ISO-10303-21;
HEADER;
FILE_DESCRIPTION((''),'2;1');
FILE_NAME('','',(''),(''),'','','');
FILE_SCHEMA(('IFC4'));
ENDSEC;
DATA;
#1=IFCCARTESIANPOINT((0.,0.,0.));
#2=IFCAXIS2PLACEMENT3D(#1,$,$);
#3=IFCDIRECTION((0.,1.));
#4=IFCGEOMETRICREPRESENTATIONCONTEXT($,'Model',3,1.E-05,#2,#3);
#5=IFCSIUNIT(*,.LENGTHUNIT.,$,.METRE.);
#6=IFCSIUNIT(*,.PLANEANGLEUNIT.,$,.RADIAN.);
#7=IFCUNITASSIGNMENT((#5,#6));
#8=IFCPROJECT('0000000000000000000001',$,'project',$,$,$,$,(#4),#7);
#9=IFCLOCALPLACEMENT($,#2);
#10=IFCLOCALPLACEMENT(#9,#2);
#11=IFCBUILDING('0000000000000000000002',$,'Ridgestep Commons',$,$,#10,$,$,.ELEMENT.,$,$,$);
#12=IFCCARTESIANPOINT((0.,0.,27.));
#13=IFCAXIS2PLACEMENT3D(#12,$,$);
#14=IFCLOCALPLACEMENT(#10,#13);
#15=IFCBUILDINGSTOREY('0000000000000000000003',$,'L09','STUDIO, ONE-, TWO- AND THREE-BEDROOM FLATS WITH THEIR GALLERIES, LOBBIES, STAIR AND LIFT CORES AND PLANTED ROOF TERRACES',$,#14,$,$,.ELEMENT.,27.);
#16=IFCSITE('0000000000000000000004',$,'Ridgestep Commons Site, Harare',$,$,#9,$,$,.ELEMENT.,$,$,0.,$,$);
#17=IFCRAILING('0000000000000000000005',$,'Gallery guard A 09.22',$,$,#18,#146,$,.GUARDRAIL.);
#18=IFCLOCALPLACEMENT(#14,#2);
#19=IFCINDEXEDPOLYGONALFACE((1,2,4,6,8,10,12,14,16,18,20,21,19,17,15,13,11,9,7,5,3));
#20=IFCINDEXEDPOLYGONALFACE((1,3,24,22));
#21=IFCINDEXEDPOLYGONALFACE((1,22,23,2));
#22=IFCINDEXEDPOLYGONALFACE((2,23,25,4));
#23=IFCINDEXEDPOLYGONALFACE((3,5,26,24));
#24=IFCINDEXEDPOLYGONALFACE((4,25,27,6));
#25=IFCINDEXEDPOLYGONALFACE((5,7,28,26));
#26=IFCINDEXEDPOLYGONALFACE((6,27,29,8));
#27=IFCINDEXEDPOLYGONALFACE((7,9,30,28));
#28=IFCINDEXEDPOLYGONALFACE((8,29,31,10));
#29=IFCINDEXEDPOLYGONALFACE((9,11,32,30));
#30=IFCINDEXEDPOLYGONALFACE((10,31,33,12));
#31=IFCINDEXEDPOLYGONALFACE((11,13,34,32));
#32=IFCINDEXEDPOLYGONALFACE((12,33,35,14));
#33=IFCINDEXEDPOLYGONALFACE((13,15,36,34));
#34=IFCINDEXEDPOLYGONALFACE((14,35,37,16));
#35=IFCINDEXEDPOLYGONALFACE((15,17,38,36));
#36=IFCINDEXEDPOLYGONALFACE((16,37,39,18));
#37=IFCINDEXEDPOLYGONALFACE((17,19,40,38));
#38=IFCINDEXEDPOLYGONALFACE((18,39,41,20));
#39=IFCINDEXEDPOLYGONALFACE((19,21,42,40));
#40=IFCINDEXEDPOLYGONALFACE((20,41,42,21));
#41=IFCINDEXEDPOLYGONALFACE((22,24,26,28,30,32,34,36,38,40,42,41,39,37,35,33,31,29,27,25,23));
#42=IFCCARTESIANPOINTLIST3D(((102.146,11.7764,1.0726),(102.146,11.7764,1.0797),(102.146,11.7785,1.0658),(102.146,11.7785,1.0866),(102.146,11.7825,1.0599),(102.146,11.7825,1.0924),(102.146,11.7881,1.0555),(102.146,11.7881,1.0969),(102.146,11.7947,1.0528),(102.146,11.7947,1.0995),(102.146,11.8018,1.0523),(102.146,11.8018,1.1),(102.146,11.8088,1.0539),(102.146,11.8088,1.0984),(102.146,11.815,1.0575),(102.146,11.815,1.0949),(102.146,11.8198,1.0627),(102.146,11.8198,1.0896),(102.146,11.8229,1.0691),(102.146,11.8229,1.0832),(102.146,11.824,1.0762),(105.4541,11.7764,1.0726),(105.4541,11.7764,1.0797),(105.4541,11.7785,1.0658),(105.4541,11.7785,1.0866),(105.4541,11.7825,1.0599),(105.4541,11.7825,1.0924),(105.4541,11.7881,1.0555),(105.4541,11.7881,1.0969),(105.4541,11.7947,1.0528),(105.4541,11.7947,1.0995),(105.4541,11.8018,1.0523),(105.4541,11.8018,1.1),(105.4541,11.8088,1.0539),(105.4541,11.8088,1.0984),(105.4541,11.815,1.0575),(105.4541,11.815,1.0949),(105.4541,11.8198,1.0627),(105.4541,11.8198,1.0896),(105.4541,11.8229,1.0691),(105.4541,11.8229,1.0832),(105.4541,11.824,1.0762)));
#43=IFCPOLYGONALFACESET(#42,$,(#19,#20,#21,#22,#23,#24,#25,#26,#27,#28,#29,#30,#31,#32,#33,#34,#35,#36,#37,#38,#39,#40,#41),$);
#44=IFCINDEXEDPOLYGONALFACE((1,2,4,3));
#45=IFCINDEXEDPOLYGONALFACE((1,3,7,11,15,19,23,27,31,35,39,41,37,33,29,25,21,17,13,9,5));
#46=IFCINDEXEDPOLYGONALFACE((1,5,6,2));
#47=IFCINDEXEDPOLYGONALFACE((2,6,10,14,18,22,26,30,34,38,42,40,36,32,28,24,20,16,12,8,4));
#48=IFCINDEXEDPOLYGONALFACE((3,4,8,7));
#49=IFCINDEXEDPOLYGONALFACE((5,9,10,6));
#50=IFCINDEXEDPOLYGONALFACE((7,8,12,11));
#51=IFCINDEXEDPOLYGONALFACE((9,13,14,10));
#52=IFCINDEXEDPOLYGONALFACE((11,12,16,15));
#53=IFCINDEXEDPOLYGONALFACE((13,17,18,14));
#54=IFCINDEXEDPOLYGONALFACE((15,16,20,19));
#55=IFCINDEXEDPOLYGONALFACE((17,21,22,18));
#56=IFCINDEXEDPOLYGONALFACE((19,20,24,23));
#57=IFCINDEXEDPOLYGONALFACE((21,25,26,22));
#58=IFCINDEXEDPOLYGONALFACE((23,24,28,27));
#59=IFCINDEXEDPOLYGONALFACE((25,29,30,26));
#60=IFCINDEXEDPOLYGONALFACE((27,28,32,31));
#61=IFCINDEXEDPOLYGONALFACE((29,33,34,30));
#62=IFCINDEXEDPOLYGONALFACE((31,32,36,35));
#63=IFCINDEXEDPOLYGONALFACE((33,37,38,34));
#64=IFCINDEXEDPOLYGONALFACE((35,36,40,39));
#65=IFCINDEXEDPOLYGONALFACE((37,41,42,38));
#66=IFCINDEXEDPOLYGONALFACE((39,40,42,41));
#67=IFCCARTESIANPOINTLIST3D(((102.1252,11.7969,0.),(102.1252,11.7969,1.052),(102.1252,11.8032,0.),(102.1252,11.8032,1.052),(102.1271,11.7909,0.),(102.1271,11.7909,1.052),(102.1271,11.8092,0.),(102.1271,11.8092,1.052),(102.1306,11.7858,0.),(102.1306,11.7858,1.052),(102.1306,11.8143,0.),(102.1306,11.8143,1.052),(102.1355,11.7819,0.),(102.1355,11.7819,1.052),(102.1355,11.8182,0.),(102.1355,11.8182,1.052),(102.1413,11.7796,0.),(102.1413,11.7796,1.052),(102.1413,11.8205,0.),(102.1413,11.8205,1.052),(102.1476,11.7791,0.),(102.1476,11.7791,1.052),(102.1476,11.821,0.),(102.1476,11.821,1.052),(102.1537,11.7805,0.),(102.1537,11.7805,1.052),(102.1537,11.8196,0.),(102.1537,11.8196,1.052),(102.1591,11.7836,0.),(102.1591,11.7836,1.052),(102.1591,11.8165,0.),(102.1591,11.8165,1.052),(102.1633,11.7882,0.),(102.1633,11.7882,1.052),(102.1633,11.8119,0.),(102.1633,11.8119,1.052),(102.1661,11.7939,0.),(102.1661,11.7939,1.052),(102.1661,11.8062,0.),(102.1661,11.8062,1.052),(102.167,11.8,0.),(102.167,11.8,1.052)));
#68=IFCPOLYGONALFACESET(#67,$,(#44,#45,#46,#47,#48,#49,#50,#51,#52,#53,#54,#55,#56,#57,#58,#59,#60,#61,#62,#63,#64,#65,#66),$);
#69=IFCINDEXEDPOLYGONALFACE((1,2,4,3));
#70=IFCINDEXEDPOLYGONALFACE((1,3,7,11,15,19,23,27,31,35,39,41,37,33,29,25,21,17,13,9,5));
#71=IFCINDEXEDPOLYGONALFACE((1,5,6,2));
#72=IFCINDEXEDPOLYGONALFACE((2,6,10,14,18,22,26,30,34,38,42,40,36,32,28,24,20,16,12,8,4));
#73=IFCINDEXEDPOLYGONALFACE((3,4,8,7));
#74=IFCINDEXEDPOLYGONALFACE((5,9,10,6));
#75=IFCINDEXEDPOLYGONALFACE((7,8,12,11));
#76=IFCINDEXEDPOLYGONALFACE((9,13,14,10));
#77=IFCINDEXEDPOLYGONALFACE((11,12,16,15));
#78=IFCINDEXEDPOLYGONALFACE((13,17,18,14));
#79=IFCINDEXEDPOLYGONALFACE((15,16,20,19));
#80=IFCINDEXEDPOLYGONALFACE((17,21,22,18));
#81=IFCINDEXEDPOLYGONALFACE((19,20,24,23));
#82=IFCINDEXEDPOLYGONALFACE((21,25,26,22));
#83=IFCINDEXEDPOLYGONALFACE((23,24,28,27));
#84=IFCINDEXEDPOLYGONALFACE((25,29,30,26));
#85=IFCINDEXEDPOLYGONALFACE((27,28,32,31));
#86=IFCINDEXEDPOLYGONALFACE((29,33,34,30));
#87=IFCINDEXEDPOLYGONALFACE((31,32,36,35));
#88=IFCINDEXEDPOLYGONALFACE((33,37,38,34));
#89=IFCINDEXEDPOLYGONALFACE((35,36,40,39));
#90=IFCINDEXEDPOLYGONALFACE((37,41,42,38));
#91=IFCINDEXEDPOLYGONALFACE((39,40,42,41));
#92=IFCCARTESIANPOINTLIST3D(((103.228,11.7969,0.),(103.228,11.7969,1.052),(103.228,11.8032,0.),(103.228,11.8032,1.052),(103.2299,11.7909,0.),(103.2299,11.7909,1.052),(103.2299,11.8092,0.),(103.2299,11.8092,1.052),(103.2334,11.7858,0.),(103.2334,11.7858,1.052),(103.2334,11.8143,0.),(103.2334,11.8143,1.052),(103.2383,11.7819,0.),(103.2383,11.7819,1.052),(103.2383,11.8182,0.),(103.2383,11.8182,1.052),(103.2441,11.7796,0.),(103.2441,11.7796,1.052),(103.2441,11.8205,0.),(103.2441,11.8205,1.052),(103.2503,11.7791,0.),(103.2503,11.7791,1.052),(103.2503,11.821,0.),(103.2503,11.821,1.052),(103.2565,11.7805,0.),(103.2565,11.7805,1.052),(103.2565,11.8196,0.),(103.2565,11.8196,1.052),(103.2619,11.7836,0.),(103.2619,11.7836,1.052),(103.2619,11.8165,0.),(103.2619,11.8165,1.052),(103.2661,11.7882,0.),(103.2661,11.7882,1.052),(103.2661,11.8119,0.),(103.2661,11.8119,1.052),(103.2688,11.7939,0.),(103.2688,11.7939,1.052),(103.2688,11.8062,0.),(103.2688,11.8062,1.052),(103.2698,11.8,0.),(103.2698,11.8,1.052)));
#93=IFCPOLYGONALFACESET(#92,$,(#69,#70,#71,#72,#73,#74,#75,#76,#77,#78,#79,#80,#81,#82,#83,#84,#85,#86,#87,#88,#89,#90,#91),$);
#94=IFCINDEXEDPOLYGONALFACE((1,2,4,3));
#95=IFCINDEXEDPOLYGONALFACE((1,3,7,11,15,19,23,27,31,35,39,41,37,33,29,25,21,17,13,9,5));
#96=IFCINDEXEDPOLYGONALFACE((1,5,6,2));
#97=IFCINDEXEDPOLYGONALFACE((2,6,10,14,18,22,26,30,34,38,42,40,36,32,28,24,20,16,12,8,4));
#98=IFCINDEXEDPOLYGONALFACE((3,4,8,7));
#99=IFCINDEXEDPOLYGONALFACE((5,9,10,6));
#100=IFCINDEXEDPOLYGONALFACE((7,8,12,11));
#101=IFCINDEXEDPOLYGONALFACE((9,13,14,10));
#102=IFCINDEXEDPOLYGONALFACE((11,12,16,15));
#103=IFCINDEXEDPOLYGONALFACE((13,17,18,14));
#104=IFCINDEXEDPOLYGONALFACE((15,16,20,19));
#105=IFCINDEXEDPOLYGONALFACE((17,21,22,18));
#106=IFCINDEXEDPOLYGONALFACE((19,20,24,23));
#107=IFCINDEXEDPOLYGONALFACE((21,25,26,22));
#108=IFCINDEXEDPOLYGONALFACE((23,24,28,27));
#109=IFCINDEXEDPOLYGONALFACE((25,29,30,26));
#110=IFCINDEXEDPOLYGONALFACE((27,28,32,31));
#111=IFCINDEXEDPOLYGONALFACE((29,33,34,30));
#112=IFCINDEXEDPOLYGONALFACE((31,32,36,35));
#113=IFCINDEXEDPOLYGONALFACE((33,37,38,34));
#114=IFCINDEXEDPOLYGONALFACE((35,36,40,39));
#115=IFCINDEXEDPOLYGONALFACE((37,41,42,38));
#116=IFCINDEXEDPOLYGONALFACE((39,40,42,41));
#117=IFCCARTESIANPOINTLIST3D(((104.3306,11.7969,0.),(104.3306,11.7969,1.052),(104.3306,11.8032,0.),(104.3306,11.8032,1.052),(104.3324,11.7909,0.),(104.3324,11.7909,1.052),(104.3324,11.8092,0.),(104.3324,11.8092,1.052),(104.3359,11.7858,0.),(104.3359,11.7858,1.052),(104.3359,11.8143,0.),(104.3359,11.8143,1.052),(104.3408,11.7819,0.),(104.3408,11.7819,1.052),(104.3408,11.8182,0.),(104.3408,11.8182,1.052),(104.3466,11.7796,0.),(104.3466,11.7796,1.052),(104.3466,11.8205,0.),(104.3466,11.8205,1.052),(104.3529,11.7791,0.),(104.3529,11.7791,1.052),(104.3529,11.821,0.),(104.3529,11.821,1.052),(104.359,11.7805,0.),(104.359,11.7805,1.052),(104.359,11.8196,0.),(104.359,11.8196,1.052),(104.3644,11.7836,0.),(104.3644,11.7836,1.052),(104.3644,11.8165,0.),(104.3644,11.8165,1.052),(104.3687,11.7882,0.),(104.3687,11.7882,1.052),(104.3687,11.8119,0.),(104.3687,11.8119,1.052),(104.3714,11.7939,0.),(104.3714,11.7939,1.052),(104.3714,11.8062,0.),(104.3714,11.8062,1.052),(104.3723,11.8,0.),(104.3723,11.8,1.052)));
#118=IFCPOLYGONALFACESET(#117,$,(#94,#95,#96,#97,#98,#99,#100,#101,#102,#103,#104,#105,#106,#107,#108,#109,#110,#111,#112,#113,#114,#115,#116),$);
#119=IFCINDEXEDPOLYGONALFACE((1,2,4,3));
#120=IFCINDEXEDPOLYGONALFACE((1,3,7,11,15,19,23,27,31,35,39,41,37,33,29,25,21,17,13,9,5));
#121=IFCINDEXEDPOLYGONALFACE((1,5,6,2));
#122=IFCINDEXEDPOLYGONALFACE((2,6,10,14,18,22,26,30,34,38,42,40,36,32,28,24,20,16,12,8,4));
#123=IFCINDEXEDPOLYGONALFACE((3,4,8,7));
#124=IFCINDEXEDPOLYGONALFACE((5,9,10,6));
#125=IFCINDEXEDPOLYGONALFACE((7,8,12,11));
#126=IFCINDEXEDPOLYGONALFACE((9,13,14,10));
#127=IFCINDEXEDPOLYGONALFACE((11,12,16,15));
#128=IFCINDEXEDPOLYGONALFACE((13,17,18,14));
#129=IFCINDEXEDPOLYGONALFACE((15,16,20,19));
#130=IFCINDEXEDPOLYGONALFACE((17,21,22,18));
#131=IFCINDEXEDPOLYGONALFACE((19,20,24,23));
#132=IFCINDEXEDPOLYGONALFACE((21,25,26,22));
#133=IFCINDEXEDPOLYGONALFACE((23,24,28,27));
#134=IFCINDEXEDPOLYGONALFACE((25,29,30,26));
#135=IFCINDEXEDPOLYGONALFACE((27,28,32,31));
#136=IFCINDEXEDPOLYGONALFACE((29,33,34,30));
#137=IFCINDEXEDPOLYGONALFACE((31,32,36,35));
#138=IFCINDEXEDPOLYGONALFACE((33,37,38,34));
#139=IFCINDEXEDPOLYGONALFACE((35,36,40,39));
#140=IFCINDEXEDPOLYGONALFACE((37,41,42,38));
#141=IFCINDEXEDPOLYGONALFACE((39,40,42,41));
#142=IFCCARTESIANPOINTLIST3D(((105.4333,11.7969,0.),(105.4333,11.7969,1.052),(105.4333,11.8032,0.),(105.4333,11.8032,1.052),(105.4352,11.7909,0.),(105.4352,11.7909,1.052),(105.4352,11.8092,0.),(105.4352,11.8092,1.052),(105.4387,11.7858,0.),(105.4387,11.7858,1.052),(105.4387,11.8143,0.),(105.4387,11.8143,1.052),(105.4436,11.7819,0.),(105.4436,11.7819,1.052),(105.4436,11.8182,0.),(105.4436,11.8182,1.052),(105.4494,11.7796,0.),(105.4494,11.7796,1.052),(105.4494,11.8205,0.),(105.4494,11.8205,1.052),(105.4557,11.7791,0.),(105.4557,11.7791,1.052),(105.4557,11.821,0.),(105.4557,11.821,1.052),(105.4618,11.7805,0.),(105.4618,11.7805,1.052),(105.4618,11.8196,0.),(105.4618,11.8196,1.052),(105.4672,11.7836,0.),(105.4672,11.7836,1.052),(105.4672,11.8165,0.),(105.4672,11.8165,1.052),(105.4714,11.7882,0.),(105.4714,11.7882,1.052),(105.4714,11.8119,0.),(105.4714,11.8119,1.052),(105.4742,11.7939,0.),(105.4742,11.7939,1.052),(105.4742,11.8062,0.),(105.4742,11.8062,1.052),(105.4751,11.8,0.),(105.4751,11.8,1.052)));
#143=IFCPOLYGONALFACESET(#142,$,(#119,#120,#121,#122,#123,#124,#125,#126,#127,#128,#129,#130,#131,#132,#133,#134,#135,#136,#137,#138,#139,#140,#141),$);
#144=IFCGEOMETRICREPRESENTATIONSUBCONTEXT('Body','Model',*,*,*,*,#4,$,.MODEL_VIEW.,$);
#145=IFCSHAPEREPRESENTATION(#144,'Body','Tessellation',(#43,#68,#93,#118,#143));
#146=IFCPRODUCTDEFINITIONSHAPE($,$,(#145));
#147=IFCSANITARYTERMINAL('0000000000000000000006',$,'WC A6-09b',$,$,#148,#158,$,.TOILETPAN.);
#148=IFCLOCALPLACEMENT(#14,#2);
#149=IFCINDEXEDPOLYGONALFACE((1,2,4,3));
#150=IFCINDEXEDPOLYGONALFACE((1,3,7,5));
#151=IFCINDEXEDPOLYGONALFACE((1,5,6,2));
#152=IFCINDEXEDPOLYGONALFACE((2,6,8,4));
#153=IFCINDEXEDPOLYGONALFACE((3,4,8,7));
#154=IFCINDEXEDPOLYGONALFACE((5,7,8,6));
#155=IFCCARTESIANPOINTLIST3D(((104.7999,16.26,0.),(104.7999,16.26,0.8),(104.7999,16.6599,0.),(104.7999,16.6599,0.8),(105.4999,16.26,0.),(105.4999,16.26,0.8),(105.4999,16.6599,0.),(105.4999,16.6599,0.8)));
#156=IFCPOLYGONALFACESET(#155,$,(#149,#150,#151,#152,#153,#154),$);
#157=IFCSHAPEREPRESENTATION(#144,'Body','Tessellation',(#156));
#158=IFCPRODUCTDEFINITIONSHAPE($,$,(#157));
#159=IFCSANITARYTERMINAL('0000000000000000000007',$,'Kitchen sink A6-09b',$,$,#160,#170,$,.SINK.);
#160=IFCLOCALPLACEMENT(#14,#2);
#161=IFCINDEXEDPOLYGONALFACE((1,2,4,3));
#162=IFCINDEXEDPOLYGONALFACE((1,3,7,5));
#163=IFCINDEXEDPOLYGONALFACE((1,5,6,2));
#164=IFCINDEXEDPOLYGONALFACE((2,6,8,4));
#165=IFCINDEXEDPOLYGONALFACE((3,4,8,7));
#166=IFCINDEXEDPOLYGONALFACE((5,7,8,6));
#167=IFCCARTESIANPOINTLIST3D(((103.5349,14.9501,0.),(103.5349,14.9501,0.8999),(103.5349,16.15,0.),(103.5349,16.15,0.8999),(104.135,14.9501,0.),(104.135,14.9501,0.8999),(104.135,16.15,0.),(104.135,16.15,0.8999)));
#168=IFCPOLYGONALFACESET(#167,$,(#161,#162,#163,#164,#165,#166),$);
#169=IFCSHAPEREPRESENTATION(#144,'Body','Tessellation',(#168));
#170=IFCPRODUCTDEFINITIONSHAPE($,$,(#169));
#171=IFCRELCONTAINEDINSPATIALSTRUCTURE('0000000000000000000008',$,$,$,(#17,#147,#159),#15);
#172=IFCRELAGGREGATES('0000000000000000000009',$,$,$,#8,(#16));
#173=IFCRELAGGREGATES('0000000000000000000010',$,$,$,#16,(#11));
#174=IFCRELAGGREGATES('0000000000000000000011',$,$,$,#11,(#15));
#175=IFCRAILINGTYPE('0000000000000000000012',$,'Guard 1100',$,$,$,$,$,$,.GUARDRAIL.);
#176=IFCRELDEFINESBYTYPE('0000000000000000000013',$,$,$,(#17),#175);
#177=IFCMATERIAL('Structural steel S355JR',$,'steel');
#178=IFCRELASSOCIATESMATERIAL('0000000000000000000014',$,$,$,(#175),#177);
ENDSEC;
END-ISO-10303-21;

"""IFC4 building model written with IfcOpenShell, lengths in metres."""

from ifc_helpers import new_model, si_unit, direction, frame, origin, origin_2d, place, context, subcontext, project, spatial, rectangle, circle, extrude, material, type_object, element, save


model = new_model("IFC4")

# Units and contexts
model_context = context("Model", 3, precision=1e-05, world=origin(), true_north=direction((0.0, 1.0)))
body_context = subcontext(model_context, "Body", "Model", "MODEL_VIEW")
ifc_project = project(units=[si_unit("LENGTHUNIT", "METRE"), si_unit("PLANEANGLEUNIT", "RADIAN")], contexts=[model_context])

# Site, building, storey
site_placement = place(None, origin())
site = spatial("IfcSite", under=ifc_project, at=site_placement, Name="Ridgestep Commons Site, Harare", CompositionType="ELEMENT", RefElevation=0.0)
building_placement = place(site_placement, origin())
building = spatial("IfcBuilding", under=site, at=building_placement, Name="Ridgestep Commons", CompositionType="ELEMENT")
storey_placement = place(building_placement, frame((0.0, 0.0, 27.0)))
storey = spatial("IfcBuildingStorey", under=building, at=storey_placement, Name="L09", Description="STUDIO, ONE-, TWO- AND THREE-BEDROOM FLATS WITH THEIR GALLERIES, LOBBIES, STAIR AND LIFT CORES AND PLANTED ROOF TERRACES", CompositionType="ELEMENT", Elevation=27.0)

# Railing
ifc_material_1 = material(Name="Structural steel S355JR", Category="steel")
railing_type = type_object("IfcRailingType", Name="Guard 1100", PredefinedType="GUARDRAIL", material=ifc_material_1)
railing_placement = place(storey_placement, frame((102.146, 11.8, 0.0)))
element("IfcRailing", 1, at=railing_placement, inside=storey, type_object=railing_type, Name="Gallery guard A 09.22", PredefinedType="GUARDRAIL", context=body_context, shape_type="SweptSolid", body=[
    extrude(circle(Radius=0.0239, at=origin_2d()), frame((0.0, 0.0, 1.0762), z_axis=(1.0, 0.0, 0.0), x_axis=(0.0, 1.0, 0.0)), (0.0, 0.0, 1.0), 3.3081),
    extrude(circle(Radius=0.021, at=origin_2d()), origin(), (0.0, 0.0, 1.0), 1.052),
    extrude(circle(Radius=0.021, at=origin_2d()), frame((1.1028, 0.0, 0.0)), (0.0, 0.0, 1.0), 1.052),
    extrude(circle(Radius=0.021, at=origin_2d()), frame((2.2053, 0.0, 0.0)), (0.0, 0.0, 1.0), 1.052),
    extrude(circle(Radius=0.021, at=origin_2d()), frame((3.3081, 0.0, 0.0)), (0.0, 0.0, 1.0), 1.052),
])

# Sanitary terminals
sanitary_terminal_1_placement = place(storey_placement, frame((105.1499, 16.46, 0.0), z_axis=(0.0, 0.0, 1.0), x_axis=(1.0, 0.0, 0.0)))
element("IfcSanitaryTerminal", 2, at=sanitary_terminal_1_placement, inside=storey, Name="WC A6-09b", PredefinedType="TOILETPAN", context=body_context, shape_type="SweptSolid", body=[
    extrude(rectangle(XDim=0.7, YDim=0.3999, at=origin_2d()), origin(), (0.0, 0.0, 1.0), 0.8),
])
sanitary_terminal_2_placement = place(storey_placement, frame((103.835, 15.55, 0.0), z_axis=(0.0, 0.0, 1.0), x_axis=(1.0, 0.0, 0.0)))
element("IfcSanitaryTerminal", 3, at=sanitary_terminal_2_placement, inside=storey, Name="Kitchen sink A6-09b", PredefinedType="SINK", context=body_context, shape_type="SweptSolid", body=[
    extrude(rectangle(XDim=0.6001, YDim=1.2, at=origin_2d()), origin(), (0.0, 0.0, 1.0), 0.8999),
])

save(model, "model.ifc")
